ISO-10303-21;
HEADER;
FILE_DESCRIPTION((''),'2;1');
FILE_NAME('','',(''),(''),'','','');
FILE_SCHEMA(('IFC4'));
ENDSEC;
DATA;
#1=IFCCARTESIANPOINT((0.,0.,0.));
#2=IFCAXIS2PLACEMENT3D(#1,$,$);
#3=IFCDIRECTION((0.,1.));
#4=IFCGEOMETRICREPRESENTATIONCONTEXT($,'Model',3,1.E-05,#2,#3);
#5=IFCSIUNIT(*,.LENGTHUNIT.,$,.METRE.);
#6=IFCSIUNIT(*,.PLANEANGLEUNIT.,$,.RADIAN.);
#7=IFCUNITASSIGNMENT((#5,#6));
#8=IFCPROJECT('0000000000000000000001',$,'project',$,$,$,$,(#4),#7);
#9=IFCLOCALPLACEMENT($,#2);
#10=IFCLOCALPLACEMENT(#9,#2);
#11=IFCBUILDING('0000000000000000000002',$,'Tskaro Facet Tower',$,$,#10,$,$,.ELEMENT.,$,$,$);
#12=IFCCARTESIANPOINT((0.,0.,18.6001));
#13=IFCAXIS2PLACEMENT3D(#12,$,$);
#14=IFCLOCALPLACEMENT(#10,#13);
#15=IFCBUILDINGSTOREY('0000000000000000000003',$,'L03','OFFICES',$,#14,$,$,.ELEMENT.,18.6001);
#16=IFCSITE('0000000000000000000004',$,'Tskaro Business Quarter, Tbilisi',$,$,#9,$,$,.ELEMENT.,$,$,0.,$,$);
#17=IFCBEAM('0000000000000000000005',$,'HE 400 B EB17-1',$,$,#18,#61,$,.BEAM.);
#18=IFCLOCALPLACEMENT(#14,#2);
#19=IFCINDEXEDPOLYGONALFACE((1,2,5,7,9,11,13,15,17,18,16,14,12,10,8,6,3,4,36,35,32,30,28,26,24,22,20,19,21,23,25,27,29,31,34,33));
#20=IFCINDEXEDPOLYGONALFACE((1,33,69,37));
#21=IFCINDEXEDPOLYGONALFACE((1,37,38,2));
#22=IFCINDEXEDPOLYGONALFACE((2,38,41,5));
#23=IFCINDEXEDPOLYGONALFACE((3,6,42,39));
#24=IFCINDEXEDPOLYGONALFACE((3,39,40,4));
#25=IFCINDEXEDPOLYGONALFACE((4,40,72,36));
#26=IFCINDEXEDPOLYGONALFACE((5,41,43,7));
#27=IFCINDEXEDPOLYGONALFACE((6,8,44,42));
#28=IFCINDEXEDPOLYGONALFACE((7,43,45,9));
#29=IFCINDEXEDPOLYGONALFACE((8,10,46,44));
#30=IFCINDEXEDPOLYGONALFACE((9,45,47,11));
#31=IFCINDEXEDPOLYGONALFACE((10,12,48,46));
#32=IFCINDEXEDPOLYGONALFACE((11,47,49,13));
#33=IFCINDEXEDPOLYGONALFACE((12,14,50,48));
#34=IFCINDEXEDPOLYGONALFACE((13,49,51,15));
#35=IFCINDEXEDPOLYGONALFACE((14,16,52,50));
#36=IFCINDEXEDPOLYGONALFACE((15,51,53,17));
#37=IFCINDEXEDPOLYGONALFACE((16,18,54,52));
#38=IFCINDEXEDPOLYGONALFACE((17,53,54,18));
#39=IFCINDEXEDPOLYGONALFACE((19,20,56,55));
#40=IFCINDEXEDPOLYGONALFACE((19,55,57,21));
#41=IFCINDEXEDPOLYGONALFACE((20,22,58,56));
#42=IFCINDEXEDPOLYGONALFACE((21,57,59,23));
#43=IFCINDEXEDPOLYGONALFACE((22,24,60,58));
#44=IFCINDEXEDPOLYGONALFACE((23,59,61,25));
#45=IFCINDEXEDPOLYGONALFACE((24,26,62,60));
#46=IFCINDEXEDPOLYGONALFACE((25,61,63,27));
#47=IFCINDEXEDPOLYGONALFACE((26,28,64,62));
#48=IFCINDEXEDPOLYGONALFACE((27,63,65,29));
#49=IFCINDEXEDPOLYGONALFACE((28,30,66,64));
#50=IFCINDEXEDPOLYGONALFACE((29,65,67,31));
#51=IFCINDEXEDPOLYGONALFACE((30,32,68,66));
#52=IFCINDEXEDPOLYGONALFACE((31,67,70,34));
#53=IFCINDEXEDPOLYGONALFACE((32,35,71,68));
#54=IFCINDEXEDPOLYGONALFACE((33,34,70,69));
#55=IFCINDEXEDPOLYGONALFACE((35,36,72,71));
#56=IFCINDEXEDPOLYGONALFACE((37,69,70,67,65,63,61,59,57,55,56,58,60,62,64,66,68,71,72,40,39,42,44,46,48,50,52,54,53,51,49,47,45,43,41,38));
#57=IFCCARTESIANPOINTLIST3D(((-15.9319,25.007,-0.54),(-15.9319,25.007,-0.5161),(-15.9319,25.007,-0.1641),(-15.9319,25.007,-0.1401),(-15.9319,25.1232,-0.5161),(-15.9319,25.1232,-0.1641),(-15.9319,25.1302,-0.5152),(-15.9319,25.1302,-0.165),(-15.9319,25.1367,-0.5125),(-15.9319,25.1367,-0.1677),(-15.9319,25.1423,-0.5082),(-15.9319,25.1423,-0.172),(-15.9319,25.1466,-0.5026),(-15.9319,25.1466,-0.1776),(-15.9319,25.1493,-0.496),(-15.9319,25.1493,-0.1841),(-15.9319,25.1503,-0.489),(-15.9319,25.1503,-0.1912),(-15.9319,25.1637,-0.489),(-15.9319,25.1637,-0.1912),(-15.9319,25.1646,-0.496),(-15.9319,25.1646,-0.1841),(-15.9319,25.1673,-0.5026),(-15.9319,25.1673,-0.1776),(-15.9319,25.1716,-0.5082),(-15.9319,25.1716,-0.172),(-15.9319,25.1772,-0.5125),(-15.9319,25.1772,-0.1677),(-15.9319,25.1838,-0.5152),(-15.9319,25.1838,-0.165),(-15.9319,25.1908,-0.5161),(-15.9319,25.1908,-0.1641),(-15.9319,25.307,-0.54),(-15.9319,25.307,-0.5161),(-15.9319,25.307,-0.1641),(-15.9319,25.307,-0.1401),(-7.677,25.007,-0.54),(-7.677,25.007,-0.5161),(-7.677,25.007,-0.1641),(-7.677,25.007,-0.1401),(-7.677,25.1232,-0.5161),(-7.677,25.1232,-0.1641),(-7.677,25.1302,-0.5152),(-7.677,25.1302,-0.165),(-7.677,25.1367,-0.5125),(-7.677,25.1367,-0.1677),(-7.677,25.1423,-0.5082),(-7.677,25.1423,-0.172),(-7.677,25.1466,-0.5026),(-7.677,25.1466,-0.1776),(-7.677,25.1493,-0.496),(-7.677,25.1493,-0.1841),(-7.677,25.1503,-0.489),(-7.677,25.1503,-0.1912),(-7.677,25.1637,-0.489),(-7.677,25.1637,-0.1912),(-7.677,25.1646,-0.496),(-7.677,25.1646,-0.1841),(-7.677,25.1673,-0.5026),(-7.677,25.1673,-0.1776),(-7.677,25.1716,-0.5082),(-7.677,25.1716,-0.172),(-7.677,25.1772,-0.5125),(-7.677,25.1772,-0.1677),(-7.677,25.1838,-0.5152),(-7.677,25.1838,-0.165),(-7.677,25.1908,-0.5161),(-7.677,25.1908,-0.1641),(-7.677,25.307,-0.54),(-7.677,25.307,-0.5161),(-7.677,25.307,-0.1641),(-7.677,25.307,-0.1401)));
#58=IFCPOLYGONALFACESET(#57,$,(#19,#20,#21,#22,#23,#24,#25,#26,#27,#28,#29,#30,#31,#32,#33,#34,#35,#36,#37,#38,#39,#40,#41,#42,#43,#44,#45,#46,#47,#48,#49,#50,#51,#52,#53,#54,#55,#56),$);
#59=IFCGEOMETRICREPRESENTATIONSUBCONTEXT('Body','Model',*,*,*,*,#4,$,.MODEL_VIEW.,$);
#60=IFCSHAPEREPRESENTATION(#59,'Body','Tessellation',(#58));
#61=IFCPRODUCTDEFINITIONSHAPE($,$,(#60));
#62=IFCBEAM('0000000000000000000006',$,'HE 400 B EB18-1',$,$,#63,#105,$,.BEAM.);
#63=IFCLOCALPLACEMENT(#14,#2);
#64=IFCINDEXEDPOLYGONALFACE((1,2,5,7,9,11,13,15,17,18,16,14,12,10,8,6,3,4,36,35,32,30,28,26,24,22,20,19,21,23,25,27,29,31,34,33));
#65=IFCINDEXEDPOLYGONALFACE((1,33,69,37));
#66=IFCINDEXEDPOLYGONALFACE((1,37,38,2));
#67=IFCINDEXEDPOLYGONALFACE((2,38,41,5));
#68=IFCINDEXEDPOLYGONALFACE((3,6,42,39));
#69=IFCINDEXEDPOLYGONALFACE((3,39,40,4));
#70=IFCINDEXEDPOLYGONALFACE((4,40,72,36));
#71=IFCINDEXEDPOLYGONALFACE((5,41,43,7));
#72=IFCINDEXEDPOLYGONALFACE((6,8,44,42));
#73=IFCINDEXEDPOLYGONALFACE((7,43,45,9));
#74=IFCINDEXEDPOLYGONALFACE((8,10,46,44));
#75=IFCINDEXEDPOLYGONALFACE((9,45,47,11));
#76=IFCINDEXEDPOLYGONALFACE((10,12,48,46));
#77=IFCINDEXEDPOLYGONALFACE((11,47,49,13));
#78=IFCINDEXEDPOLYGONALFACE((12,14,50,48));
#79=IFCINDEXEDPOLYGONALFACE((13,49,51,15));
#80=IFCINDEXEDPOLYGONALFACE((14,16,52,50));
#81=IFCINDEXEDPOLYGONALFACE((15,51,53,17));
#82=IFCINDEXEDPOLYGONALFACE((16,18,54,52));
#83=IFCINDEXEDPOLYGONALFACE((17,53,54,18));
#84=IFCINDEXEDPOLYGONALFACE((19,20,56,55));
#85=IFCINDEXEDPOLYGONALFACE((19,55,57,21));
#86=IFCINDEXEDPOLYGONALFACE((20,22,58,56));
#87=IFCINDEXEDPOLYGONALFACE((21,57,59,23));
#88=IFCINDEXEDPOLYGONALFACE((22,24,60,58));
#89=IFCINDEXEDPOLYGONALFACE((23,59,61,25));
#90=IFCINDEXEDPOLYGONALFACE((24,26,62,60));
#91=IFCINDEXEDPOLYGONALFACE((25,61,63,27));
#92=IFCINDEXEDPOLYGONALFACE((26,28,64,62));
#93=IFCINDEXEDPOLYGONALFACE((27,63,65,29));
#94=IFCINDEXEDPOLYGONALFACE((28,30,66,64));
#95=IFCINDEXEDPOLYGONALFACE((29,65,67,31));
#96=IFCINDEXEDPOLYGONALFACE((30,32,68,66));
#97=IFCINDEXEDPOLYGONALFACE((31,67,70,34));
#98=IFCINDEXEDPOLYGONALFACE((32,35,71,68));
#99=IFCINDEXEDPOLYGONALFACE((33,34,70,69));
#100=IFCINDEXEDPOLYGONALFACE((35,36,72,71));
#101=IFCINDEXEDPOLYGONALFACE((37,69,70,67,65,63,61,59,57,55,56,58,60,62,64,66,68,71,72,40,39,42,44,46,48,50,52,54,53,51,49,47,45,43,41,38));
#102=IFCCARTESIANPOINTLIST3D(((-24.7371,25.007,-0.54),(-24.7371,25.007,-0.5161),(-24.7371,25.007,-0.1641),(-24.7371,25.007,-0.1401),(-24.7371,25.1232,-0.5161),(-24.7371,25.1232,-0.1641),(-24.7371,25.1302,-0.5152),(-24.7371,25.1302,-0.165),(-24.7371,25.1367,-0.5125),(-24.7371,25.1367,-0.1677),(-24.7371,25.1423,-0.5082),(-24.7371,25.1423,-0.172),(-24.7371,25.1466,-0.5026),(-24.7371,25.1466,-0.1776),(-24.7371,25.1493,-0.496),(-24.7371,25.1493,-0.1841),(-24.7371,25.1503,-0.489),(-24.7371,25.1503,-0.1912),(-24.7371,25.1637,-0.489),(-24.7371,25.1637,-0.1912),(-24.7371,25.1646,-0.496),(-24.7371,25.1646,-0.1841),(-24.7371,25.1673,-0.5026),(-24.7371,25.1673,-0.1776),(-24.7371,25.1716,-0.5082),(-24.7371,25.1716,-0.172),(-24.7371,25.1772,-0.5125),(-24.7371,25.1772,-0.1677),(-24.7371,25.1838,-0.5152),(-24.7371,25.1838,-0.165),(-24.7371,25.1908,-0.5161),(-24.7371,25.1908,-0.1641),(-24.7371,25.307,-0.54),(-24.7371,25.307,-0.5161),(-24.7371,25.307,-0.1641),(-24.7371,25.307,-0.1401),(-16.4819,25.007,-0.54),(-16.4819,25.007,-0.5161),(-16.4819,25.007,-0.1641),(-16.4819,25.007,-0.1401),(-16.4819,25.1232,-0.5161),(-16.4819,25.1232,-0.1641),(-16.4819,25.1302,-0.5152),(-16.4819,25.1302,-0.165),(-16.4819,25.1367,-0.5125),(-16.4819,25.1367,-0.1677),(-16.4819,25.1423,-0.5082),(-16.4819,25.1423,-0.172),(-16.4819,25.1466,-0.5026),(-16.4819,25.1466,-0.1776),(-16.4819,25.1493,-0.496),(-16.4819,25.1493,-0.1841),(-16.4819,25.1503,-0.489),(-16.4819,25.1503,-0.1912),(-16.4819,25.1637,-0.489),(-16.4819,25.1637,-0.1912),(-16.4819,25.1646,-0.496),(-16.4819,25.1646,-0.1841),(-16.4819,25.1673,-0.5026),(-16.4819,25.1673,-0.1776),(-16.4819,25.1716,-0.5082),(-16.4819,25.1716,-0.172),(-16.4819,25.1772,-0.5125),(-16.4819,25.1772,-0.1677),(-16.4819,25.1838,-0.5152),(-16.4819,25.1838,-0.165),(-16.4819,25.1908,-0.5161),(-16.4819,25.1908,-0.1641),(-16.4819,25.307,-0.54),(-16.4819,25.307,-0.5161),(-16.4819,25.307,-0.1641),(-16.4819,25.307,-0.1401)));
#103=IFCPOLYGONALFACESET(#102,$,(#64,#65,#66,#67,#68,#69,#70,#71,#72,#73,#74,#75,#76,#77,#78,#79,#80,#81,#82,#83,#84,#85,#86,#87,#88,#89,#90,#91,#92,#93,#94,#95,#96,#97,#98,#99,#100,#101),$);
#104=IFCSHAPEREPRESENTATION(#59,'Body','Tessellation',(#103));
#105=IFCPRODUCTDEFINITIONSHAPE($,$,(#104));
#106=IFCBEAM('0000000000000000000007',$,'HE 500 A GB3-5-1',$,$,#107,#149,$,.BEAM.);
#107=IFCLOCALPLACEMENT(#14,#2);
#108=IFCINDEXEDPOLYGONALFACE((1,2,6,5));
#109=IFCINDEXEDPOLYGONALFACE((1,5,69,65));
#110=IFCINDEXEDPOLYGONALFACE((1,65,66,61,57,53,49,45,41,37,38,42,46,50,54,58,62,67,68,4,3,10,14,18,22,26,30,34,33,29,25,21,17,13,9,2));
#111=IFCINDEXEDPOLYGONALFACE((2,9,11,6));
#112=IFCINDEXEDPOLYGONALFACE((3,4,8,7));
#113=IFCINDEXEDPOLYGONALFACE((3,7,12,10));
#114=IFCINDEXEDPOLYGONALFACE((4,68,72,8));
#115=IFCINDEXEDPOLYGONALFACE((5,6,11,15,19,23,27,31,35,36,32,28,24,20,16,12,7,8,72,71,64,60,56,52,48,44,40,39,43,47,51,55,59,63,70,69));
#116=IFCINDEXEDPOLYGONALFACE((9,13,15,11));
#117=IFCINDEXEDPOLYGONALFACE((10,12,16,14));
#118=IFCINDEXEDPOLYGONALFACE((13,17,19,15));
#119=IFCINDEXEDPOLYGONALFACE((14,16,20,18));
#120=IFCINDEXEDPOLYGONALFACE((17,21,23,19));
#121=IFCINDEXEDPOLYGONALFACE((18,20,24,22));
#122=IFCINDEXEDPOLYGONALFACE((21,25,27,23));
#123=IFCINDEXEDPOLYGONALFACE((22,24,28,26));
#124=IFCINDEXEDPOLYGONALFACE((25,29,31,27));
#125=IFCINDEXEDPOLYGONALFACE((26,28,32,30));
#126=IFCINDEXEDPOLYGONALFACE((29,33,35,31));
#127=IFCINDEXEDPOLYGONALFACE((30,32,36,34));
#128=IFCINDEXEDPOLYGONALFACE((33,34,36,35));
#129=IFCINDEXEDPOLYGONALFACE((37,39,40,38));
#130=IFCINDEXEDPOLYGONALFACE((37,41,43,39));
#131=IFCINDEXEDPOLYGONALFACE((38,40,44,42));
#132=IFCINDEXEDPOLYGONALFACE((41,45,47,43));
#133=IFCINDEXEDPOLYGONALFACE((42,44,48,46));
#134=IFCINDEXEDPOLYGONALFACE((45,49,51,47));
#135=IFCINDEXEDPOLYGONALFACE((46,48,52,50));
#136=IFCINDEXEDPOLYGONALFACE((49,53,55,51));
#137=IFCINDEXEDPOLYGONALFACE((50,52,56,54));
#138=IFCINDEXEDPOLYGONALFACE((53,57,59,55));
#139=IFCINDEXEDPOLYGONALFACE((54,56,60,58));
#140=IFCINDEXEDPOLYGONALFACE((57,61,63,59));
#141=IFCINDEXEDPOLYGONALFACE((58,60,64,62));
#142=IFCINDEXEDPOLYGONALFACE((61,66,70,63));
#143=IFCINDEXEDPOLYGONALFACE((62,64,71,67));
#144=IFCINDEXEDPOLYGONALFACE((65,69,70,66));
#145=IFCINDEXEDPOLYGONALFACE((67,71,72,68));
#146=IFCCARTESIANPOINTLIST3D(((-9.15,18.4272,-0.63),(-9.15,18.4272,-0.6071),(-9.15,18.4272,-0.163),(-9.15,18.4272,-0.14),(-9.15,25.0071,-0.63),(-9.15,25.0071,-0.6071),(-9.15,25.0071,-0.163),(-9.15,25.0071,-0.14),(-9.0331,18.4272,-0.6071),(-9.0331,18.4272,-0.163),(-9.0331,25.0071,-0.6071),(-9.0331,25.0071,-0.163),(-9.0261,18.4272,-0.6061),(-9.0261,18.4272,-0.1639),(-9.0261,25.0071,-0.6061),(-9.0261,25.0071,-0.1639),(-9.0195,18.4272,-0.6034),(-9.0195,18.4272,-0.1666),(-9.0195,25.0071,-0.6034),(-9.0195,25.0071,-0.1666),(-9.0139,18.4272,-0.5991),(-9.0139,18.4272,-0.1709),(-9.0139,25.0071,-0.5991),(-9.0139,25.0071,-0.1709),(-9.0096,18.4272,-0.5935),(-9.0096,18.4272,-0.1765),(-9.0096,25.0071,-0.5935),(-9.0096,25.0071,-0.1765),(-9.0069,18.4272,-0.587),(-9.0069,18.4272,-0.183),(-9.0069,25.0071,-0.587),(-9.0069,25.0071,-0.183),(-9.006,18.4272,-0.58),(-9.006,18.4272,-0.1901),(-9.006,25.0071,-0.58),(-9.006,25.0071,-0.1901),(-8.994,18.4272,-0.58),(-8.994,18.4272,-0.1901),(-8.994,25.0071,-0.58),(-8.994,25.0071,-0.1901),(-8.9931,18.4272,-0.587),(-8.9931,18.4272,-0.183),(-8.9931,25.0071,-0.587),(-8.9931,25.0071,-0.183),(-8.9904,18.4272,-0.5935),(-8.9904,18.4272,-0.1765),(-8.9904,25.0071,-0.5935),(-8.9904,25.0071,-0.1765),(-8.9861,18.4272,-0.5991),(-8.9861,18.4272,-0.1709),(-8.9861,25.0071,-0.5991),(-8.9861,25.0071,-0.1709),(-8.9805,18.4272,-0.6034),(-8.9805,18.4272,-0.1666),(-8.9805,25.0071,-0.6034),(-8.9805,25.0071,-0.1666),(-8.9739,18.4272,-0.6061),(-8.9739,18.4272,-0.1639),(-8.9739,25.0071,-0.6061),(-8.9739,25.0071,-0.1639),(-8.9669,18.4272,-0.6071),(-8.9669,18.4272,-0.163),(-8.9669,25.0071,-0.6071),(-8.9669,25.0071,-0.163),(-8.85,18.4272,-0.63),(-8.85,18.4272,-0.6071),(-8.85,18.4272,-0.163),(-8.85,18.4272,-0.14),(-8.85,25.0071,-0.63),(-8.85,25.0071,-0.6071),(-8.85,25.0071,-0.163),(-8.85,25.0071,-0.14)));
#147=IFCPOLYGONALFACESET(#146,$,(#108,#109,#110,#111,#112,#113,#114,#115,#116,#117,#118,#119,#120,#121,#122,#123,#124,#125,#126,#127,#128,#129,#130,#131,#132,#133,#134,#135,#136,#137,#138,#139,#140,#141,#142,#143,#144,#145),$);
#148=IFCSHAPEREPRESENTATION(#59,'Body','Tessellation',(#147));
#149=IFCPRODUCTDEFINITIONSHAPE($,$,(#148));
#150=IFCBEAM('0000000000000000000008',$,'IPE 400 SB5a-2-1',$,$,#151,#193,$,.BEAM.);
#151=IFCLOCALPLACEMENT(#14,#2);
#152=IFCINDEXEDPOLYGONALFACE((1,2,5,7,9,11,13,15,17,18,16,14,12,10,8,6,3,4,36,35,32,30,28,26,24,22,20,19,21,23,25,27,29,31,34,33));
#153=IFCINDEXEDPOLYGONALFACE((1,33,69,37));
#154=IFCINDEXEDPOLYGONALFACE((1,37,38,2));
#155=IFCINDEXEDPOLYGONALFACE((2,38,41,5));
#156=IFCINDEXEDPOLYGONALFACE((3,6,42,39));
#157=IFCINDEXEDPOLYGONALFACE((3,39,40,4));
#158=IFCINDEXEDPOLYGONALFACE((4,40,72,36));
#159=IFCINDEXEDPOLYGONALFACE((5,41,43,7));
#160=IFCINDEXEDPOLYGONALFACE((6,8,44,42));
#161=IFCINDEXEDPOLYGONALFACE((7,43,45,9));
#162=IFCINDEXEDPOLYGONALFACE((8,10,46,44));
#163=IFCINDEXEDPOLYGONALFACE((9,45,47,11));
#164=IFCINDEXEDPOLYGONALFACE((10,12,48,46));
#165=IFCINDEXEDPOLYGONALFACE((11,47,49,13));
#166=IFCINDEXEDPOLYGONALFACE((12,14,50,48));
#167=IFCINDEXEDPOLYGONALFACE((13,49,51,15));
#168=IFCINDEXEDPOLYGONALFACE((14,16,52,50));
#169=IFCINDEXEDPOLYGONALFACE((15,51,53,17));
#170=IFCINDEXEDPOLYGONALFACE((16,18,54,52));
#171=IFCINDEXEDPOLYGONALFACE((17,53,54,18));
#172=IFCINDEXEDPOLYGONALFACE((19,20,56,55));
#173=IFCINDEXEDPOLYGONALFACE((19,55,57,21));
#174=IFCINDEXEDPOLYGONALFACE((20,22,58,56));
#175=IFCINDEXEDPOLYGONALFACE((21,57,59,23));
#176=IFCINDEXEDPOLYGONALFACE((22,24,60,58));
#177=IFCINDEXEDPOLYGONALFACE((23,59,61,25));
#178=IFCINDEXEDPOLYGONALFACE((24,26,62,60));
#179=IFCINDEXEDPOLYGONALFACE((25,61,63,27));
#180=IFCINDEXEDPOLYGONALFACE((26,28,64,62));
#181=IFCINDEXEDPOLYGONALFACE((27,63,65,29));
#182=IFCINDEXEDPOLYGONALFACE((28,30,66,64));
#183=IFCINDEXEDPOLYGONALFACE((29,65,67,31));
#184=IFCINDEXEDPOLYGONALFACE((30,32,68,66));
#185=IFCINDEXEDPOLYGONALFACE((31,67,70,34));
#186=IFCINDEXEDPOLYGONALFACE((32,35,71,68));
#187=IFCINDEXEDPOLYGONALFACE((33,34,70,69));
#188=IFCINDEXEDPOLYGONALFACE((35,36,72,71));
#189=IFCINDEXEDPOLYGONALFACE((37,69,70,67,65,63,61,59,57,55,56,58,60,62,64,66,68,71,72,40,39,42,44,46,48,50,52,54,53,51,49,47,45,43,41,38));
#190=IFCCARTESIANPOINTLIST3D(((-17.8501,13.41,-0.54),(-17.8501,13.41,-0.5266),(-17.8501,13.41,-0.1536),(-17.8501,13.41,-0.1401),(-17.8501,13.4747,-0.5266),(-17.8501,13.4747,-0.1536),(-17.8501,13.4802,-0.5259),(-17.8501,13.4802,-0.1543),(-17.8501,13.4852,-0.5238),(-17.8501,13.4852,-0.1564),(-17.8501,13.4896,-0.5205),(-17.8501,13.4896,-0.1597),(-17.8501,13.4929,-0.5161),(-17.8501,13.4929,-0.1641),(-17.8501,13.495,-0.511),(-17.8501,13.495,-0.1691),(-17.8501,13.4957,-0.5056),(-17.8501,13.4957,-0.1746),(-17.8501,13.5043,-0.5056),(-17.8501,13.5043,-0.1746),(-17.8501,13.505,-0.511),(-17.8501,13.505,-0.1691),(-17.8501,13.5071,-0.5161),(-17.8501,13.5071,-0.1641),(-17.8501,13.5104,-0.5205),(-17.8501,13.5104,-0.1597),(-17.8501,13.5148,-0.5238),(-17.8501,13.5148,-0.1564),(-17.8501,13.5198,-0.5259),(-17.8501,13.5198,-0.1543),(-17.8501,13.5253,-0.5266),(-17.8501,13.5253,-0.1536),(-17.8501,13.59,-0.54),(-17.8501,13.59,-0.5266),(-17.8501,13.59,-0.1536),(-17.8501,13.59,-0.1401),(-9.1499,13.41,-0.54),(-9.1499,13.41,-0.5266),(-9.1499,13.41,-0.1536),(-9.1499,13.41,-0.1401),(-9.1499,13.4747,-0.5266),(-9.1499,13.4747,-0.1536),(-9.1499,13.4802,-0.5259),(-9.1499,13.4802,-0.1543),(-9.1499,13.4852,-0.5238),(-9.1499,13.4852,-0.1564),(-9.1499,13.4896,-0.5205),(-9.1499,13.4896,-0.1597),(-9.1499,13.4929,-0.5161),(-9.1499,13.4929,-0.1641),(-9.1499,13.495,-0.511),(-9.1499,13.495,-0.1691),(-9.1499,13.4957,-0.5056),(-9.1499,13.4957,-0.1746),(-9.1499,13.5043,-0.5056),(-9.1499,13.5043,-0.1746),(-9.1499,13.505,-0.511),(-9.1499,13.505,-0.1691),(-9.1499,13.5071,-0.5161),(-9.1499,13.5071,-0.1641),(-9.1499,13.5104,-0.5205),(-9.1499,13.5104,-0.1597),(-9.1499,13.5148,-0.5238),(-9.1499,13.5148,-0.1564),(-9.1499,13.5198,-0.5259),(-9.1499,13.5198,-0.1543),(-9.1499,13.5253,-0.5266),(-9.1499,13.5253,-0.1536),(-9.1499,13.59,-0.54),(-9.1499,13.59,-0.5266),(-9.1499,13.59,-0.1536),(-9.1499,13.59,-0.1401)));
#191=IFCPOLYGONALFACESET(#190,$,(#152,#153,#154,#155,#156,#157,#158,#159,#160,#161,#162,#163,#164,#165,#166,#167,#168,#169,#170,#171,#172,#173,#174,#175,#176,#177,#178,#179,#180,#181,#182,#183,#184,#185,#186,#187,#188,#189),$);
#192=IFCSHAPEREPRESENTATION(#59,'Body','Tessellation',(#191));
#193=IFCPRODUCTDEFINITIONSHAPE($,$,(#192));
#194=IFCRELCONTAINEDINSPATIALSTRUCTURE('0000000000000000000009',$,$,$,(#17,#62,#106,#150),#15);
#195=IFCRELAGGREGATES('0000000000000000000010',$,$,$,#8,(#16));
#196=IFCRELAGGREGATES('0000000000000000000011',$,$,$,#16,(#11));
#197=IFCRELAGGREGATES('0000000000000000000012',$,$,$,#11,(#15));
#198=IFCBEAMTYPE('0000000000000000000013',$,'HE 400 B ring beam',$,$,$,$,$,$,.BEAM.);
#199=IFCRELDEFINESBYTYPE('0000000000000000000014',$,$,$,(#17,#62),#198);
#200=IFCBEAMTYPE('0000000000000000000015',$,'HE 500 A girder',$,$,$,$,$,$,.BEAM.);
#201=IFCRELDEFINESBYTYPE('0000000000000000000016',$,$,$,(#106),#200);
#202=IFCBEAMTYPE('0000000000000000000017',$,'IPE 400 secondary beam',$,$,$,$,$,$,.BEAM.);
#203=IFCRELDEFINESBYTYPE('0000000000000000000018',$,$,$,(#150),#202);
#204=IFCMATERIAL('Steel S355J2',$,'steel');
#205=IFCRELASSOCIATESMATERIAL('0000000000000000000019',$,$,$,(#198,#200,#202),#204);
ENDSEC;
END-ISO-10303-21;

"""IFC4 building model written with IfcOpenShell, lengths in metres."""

from ifc_helpers import new_model, si_unit, direction, frame, origin, origin_2d, place, context, subcontext, project, spatial, i_section, extrude, material, material_profile, profile_set, type_object, element, save


model = new_model("IFC4")

# Units and contexts
model_context = context("Model", 3, precision=1e-05, world=origin(), true_north=direction((0.0, 1.0)))
body_context = subcontext(model_context, "Body", "Model", "MODEL_VIEW")
ifc_project = project(units=[si_unit("LENGTHUNIT", "METRE"), si_unit("PLANEANGLEUNIT", "RADIAN")], contexts=[model_context])

# Site, building, storey
site_placement = place(None, origin())
site = spatial("IfcSite", under=ifc_project, at=site_placement, Name="Tskaro Business Quarter, Tbilisi", CompositionType="ELEMENT", RefElevation=0.0)
building_placement = place(site_placement, origin())
building = spatial("IfcBuilding", under=site, at=building_placement, Name="Tskaro Facet Tower", CompositionType="ELEMENT")
storey_placement = place(building_placement, frame((0.0, 0.0, 18.6001)))
storey = spatial("IfcBuildingStorey", under=building, at=storey_placement, Name="L03", Description="OFFICES", CompositionType="ELEMENT", Elevation=18.6001)

# Beams
ifc_material_1 = material(Name="Steel S355J2", Category="steel")
ifc_material_profile_1 = material_profile(ifc_material_1, i_section(OverallWidth=0.3, OverallDepth=0.3999, WebThickness=0.0134, FlangeThickness=0.0239, FilletRadius=0.0271, at=origin_2d()), Name="HE 400 B")
ifc_profile_set_1 = profile_set([ifc_material_profile_1], Name="Steel S355J2")
beam_type_1 = type_object("IfcBeamType", Name="HE 400 B ring beam", PredefinedType="BEAM", material=ifc_profile_set_1)
beam_1_placement = place(storey_placement, frame((-7.677, 25.157, -0.3401), z_axis=(-1.0, 0.0, 0.0), x_axis=(0.0, -1.0, 0.0)))
element("IfcBeam", 1, at=beam_1_placement, inside=storey, type_object=beam_type_1, Name="HE 400 B EB17-1", PredefinedType="BEAM", context=body_context, shape_type="SweptSolid", body=[
    extrude(i_section(OverallWidth=0.3, OverallDepth=0.3999, WebThickness=0.0134, FlangeThickness=0.0239, FilletRadius=0.0271, at=origin_2d()), origin(), (0.0, 0.0, 1.0), 8.2549),
])
beam_2_placement = place(storey_placement, frame((-16.4819, 25.157, -0.3401), z_axis=(-1.0, 0.0, 0.0), x_axis=(0.0, -1.0, 0.0)))
element("IfcBeam", 2, at=beam_2_placement, inside=storey, type_object=beam_type_1, Name="HE 400 B EB18-1", PredefinedType="BEAM", context=body_context, shape_type="SweptSolid", body=[
    extrude(i_section(OverallWidth=0.3, OverallDepth=0.3999, WebThickness=0.0134, FlangeThickness=0.0239, FilletRadius=0.0271, at=origin_2d()), origin(), (0.0, 0.0, 1.0), 8.2551),
])
ifc_material_profile_2 = material_profile(ifc_material_1, i_section(OverallWidth=0.3, OverallDepth=0.49, WebThickness=0.012, FlangeThickness=0.0229, FilletRadius=0.0271, at=origin_2d()), Name="HE 500 A")
ifc_profile_set_2 = profile_set([ifc_material_profile_2], Name="Steel S355J2")
beam_type_2 = type_object("IfcBeamType", Name="HE 500 A girder", PredefinedType="BEAM", material=ifc_profile_set_2)
beam_3_placement = place(storey_placement, frame((-9.0, 18.4272, -0.385), z_axis=(0.0, 1.0, 0.0), x_axis=(-1.0, 0.0, 0.0)))
element("IfcBeam", 3, at=beam_3_placement, inside=storey, type_object=beam_type_2, Name="HE 500 A GB3-5-1", PredefinedType="BEAM", context=body_context, shape_type="SweptSolid", body=[
    extrude(i_section(OverallWidth=0.3, OverallDepth=0.49, WebThickness=0.012, FlangeThickness=0.0229, FilletRadius=0.0271, at=origin_2d()), origin(), (0.0, 0.0, 1.0), 6.5798),
])
ifc_material_profile_3 = material_profile(ifc_material_1, i_section(OverallWidth=0.1799, OverallDepth=0.3999, WebThickness=0.0085, FlangeThickness=0.0134, FilletRadius=0.021, at=origin_2d()), Name="IPE 400")
ifc_profile_set_3 = profile_set([ifc_material_profile_3], Name="Steel S355J2")
beam_type_3 = type_object("IfcBeamType", Name="IPE 400 secondary beam", PredefinedType="BEAM", material=ifc_profile_set_3)
for number, where, z_axis, x_axis, name in (
    (4, (-17.8501, 13.5, -0.3401), (1.0, 0.0, 0.0), (0.0, 1.0, 0.0), "IPE 400 SB5a-2-1"),
):
    element("IfcBeam", number, at=place(storey_placement, frame(where, z_axis=z_axis, x_axis=x_axis)), inside=storey, type_object=beam_type_3, Name=name, PredefinedType="BEAM", context=body_context, shape_type="SweptSolid", body=[
        extrude(i_section(OverallWidth=0.1799, OverallDepth=0.3999, WebThickness=0.0085, FlangeThickness=0.0134, FilletRadius=0.021, at=origin_2d()), origin(), (0.0, 0.0, 1.0), 8.7002),
    ])

save(model, "model.ifc")
